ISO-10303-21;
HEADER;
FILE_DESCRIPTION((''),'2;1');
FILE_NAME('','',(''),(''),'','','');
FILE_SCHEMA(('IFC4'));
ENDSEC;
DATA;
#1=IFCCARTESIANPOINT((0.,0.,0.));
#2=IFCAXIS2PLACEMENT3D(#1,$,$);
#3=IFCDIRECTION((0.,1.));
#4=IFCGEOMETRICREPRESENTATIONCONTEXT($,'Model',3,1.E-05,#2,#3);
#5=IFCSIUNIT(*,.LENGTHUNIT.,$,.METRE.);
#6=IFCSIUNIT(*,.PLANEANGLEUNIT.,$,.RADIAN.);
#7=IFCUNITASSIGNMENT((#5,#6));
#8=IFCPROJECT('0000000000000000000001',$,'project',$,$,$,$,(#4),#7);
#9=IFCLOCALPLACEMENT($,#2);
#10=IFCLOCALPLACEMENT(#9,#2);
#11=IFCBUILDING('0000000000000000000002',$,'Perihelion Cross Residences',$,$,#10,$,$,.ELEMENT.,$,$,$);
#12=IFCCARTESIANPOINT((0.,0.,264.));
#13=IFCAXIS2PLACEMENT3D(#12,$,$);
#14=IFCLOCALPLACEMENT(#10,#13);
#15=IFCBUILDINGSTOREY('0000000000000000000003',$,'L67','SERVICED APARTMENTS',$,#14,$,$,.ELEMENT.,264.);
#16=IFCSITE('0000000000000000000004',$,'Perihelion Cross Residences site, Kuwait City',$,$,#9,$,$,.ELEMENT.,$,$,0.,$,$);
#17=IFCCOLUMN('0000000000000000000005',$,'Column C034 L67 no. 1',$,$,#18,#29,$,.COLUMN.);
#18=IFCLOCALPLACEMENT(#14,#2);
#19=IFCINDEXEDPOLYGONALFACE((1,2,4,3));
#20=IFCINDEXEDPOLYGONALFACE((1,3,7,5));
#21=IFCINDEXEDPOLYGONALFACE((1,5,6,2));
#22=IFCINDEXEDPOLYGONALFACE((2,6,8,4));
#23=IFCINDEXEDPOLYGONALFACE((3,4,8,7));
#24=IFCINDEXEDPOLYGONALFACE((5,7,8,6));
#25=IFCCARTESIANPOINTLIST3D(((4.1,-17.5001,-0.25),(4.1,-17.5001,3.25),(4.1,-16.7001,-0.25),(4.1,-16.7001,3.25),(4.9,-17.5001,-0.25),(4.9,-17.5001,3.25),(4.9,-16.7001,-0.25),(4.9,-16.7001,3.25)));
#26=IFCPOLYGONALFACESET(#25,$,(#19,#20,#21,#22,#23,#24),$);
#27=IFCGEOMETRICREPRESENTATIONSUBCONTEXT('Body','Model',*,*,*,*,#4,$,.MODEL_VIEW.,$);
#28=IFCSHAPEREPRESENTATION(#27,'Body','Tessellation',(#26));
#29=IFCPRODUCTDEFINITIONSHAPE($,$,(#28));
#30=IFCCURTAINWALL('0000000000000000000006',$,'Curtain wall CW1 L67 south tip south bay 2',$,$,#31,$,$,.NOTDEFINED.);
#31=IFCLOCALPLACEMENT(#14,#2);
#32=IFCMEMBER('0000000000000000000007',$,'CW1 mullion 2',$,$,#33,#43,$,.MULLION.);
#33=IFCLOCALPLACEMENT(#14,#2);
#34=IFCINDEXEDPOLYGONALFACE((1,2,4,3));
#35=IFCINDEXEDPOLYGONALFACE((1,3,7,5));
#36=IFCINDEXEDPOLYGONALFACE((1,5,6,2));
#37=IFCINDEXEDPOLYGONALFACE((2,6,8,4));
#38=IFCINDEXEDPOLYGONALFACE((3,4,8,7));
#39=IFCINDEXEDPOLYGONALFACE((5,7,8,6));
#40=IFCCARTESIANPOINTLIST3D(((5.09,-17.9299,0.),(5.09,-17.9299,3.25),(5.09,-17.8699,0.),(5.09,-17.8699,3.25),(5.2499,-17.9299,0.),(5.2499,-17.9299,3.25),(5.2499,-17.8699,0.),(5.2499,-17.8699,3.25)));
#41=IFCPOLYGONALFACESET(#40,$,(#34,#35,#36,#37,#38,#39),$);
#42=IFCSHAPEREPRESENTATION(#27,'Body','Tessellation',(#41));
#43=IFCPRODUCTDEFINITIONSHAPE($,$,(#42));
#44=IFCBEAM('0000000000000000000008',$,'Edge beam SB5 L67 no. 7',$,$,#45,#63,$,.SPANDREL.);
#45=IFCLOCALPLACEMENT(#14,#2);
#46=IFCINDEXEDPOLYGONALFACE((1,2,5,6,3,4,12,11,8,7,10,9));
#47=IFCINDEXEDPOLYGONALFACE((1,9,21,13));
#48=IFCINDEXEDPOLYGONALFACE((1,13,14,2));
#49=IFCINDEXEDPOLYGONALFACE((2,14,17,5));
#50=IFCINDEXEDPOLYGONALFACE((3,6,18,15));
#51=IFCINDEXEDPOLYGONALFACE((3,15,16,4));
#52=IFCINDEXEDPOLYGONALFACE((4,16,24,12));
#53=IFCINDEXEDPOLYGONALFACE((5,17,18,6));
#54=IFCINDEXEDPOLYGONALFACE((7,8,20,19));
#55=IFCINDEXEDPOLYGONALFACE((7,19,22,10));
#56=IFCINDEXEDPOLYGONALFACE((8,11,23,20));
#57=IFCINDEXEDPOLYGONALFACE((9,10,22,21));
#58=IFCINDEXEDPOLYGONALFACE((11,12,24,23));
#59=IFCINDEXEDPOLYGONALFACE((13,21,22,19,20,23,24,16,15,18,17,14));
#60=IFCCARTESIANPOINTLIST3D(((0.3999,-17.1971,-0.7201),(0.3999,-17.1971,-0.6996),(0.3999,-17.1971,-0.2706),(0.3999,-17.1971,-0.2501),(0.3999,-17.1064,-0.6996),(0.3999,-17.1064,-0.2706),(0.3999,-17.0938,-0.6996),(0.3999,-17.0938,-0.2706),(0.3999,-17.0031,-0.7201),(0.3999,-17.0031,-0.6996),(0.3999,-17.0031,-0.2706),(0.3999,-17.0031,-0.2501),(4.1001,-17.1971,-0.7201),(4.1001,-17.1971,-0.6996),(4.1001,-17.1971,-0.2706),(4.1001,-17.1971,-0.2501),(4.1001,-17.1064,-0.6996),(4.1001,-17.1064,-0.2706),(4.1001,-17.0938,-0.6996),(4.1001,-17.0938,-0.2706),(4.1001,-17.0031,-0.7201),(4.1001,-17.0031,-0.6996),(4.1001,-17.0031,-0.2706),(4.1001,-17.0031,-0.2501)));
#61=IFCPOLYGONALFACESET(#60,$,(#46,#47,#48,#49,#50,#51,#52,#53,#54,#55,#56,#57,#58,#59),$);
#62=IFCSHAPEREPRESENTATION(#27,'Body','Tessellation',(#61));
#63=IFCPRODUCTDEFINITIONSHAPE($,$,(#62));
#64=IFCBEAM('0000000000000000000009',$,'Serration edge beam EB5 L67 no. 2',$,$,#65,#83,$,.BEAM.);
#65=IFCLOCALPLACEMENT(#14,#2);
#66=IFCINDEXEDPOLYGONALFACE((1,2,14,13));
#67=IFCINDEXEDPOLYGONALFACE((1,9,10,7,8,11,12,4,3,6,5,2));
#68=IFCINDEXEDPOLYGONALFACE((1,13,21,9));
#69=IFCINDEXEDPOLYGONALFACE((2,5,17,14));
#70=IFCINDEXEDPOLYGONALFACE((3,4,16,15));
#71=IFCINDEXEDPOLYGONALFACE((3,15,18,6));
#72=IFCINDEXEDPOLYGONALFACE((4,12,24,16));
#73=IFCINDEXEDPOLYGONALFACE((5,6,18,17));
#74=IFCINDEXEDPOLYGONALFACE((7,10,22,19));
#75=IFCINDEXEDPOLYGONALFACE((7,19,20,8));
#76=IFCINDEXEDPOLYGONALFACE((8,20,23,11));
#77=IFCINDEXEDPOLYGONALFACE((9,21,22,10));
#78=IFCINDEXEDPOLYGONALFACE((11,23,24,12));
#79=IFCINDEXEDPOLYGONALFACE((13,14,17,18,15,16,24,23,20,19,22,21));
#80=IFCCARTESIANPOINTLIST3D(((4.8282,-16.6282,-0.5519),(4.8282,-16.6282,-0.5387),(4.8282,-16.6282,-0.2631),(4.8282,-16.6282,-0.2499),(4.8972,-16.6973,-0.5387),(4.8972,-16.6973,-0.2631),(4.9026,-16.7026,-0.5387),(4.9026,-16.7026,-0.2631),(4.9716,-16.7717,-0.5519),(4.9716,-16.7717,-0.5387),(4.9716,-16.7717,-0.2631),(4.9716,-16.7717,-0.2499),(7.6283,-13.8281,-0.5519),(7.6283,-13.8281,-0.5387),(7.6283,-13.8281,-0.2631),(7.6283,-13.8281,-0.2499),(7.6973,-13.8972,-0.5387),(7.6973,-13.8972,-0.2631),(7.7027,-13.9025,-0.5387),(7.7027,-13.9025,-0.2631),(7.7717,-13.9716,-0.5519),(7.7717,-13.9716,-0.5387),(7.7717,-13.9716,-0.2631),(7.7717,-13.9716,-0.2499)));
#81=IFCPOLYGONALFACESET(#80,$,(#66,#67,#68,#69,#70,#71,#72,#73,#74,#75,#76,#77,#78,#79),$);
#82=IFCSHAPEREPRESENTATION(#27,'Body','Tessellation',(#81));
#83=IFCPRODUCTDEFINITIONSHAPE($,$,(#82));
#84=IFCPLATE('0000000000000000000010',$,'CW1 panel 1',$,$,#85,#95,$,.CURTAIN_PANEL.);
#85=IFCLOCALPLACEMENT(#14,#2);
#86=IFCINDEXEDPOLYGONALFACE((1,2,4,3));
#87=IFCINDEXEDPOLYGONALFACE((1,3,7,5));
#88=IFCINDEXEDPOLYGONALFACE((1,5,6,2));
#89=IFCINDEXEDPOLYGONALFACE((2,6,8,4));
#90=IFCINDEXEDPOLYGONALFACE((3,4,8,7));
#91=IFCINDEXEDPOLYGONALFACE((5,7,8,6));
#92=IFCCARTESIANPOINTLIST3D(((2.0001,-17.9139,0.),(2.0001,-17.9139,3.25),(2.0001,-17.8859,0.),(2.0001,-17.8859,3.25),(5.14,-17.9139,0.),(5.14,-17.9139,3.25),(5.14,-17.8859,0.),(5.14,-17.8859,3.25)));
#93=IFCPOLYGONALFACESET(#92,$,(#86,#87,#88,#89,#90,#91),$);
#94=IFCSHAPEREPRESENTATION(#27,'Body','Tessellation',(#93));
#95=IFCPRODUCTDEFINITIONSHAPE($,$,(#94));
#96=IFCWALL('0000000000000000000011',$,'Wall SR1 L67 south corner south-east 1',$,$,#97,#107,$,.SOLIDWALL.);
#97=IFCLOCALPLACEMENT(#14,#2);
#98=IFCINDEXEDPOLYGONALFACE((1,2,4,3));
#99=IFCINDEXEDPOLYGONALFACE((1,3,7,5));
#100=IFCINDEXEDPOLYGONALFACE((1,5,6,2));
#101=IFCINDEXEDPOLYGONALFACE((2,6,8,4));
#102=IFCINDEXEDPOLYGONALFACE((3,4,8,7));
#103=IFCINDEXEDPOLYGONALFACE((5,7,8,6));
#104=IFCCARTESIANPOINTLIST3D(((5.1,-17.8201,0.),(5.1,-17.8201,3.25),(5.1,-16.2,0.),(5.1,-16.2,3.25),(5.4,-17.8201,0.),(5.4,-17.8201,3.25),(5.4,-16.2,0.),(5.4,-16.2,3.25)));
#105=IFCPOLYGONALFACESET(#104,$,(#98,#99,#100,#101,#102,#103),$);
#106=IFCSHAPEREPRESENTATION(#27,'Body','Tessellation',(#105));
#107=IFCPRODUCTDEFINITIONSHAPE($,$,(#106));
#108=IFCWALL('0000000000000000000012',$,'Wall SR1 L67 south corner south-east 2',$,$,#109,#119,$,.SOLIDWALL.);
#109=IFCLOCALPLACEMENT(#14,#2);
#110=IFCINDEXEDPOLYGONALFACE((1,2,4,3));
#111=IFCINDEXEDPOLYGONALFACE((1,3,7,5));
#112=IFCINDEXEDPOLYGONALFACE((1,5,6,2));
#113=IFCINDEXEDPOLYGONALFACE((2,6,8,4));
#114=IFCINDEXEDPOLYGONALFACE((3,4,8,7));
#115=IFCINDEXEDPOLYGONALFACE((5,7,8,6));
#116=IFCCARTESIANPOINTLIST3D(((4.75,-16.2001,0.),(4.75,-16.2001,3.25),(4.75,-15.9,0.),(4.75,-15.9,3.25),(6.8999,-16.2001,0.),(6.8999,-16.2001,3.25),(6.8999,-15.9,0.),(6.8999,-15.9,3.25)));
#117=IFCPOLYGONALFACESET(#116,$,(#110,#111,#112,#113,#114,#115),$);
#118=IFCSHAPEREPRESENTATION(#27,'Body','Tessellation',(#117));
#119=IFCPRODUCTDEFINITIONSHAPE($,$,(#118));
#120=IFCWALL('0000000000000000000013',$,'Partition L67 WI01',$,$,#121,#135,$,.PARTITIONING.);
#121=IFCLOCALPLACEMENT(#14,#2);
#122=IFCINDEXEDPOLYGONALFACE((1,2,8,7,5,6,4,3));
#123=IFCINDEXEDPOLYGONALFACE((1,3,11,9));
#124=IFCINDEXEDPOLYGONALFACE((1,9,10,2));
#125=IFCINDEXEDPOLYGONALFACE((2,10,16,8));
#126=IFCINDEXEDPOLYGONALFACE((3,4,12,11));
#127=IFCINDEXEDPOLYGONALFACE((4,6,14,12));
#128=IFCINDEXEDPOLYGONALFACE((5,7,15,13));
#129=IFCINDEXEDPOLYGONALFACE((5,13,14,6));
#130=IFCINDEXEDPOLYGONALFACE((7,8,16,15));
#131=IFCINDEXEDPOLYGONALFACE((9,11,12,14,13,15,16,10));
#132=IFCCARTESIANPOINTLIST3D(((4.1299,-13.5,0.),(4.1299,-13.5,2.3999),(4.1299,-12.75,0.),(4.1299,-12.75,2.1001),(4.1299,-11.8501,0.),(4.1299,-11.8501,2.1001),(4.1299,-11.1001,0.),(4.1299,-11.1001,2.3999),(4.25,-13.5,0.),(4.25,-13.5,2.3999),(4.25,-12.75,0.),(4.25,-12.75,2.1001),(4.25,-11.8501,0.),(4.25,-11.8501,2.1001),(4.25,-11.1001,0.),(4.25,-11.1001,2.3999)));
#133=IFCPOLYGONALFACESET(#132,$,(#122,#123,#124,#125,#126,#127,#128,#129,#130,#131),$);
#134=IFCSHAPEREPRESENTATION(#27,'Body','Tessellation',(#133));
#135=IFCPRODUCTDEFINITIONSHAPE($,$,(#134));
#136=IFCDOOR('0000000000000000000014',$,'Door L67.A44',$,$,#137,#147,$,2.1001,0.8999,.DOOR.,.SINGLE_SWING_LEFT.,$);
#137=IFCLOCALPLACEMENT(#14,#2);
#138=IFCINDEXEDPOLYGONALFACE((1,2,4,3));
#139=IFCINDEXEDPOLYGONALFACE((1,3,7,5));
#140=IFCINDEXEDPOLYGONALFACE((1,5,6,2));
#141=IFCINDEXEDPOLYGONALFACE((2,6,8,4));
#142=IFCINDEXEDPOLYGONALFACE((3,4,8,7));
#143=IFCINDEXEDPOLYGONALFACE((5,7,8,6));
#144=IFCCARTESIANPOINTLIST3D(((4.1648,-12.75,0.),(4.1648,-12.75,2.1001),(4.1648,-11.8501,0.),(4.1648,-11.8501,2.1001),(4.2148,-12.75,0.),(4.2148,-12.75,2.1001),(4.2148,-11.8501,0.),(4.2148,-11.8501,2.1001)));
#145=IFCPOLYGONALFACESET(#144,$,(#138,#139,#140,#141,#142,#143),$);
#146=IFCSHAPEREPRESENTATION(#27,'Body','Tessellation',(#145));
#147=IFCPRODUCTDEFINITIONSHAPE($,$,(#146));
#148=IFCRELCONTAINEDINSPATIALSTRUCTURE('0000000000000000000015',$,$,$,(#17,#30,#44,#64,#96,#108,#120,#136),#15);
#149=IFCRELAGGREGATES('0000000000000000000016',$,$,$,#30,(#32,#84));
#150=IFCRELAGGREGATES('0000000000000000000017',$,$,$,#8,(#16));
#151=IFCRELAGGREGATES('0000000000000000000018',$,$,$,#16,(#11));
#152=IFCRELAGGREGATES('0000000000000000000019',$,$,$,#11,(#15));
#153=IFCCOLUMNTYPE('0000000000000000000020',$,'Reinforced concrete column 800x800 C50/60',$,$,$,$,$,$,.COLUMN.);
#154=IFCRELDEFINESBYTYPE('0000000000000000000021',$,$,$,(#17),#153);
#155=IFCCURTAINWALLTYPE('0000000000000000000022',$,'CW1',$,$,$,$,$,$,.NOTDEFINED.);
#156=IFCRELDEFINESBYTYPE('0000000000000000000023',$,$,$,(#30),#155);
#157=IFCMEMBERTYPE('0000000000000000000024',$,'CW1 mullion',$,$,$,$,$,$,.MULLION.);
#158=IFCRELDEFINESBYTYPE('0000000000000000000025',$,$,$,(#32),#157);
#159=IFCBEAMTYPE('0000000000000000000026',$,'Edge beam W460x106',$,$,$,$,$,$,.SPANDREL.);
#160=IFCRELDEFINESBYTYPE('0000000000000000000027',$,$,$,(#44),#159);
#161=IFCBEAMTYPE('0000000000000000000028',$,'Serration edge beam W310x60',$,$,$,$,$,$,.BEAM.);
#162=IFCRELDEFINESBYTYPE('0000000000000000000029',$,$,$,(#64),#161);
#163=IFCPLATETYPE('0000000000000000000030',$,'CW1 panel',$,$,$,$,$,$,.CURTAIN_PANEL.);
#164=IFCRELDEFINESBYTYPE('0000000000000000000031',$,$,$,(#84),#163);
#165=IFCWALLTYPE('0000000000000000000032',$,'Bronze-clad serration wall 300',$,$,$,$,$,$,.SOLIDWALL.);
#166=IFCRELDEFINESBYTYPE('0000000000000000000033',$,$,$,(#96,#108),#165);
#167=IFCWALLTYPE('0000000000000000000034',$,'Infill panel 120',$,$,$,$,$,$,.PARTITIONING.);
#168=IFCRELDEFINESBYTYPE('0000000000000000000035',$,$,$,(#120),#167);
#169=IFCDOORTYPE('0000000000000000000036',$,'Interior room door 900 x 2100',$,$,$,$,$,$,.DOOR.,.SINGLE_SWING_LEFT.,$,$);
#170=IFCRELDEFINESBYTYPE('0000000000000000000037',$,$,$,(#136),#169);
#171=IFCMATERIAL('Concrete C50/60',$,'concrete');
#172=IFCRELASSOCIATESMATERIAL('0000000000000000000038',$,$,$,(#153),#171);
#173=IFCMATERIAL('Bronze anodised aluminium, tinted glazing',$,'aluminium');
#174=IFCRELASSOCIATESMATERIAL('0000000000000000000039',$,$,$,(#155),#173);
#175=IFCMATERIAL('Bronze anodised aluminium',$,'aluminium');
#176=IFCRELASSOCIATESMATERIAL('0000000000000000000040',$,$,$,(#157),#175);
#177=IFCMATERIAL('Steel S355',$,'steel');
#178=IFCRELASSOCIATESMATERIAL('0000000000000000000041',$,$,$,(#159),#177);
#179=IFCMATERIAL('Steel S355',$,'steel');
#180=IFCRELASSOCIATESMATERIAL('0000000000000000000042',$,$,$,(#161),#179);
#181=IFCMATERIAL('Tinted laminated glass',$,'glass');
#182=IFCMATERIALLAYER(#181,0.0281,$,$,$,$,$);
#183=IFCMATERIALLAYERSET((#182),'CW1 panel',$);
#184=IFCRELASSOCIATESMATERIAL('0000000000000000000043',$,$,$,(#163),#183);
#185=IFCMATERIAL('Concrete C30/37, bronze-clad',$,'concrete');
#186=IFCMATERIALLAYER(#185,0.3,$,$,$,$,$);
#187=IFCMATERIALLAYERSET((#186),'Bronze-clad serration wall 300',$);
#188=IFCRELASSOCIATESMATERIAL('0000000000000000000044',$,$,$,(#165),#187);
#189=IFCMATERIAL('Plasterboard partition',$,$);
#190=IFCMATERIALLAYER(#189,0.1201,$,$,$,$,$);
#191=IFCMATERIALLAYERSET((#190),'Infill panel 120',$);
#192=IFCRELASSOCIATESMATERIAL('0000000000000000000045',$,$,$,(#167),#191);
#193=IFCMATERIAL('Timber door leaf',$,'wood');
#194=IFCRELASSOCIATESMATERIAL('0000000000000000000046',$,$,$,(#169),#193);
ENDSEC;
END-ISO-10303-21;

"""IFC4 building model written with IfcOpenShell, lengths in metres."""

from ifc_helpers import new_model, si_unit, direction, frame, frame_2d, origin, origin_2d, place, context, subcontext, project, spatial, rectangle, i_section, extrude, material, layer, layer_set, material_profile, profile_set, type_object, element, fill, aggregate, save


model = new_model("IFC4")

# Units and contexts
model_context = context("Model", 3, precision=1e-05, world=origin(), true_north=direction((0.0, 1.0)))
body_context = subcontext(model_context, "Body", "Model", "MODEL_VIEW")
ifc_project = project(units=[si_unit("LENGTHUNIT", "METRE"), si_unit("PLANEANGLEUNIT", "RADIAN")], contexts=[model_context])

# Site, building, storey
site_placement = place(None, origin())
site = spatial("IfcSite", under=ifc_project, at=site_placement, Name="Perihelion Cross Residences site, Kuwait City", CompositionType="ELEMENT", RefElevation=0.0)
building_placement = place(site_placement, origin())
building = spatial("IfcBuilding", under=site, at=building_placement, Name="Perihelion Cross Residences", CompositionType="ELEMENT")
storey_placement = place(building_placement, frame((0.0, 0.0, 264.0)))
storey = spatial("IfcBuildingStorey", under=building, at=storey_placement, Name="L67", Description="SERVICED APARTMENTS", CompositionType="ELEMENT", Elevation=264.0)

# Column
ifc_material_1 = material(Name="Concrete C50/60", Category="concrete")
ifc_material_profile_1 = material_profile(ifc_material_1, rectangle(XDim=0.8, YDim=0.8, at=origin_2d()), Name="RC 800x800")
ifc_profile_set_1 = profile_set([ifc_material_profile_1], Name="Concrete C50/60")
column_type = type_object("IfcColumnType", Name="Reinforced concrete column 800x800 C50/60", PredefinedType="COLUMN", material=ifc_profile_set_1)
column_placement = place(storey_placement, frame((4.5, -17.1001, -0.25), z_axis=(0.0, 0.0, 1.0), x_axis=(1.0, 0.0, 0.0)))
element("IfcColumn", 1, at=column_placement, inside=storey, type_object=column_type, Name="Column C034 L67 no. 1", PredefinedType="COLUMN", context=body_context, shape_type="SweptSolid", body=[
    extrude(rectangle(XDim=0.8, YDim=0.8, at=origin_2d()), origin(), (0.0, 0.0, 1.0), 3.5),
])

# Curtain wall, member
ifc_material_2 = material(Name="Bronze anodised aluminium, tinted glazing", Category="aluminium")
curtain_wall_type = type_object("IfcCurtainWallType", Name="CW1", PredefinedType="NOTDEFINED", material=ifc_material_2)
curtain_wall_placement = place(storey_placement, origin())
curtain_wall = element("IfcCurtainWall", 2, at=curtain_wall_placement, inside=storey, type_object=curtain_wall_type, Name="Curtain wall CW1 L67 south tip south bay 2", PredefinedType="NOTDEFINED")
ifc_material_3 = material(Name="Bronze anodised aluminium", Category="aluminium")
ifc_material_profile_2 = material_profile(ifc_material_3, rectangle(XDim=0.0601, YDim=0.1599, at=origin_2d()), Name="CW1 mullion")
ifc_profile_set_2 = profile_set([ifc_material_profile_2], Name="Bronze anodised aluminium")
member_type = type_object("IfcMemberType", Name="CW1 mullion", PredefinedType="MULLION", material=ifc_profile_set_2)
member_placement = place(storey_placement, frame((5.1699, -17.8999, 0.0), z_axis=(0.0, 0.0, 1.0), x_axis=(0.0, 1.0, 0.0)))
member = element("IfcMember", 3, at=member_placement, type_object=member_type, Name="CW1 mullion 2", PredefinedType="MULLION", context=body_context, shape_type="SweptSolid", body=[
    extrude(rectangle(XDim=0.0601, YDim=0.1599, at=origin_2d()), origin(), (0.0, 0.0, 1.0), 3.25),
])

# Beams
ifc_material_4 = material(Name="Steel S355", Category="steel")
ifc_material_profile_3 = material_profile(ifc_material_4, i_section(OverallWidth=0.1941, OverallDepth=0.47, WebThickness=0.0127, FlangeThickness=0.0205, at=origin_2d()), Name="W460x106")
ifc_profile_set_3 = profile_set([ifc_material_profile_3], Name="Steel S355")
beam_type_1 = type_object("IfcBeamType", Name="Edge beam W460x106", PredefinedType="SPANDREL", material=ifc_profile_set_3)
beam_1_placement = place(storey_placement, frame((0.3999, -17.1001, -0.4851), z_axis=(1.0, 0.0, 0.0), x_axis=(0.0, 1.0, 0.0)))
element("IfcBeam", 4, at=beam_1_placement, inside=storey, type_object=beam_type_1, Name="Edge beam SB5 L67 no. 7", PredefinedType="SPANDREL", context=body_context, shape_type="SweptSolid", body=[
    extrude(i_section(OverallWidth=0.1941, OverallDepth=0.47, WebThickness=0.0127, FlangeThickness=0.0205, at=origin_2d()), origin(), (0.0, 0.0, 1.0), 3.7002),
])
ifc_material_5 = material(Name="Steel S355", Category="steel")
ifc_material_profile_4 = material_profile(ifc_material_5, i_section(OverallWidth=0.2029, OverallDepth=0.302, WebThickness=0.0076, FlangeThickness=0.0132, at=origin_2d()), Name="W310x60")
ifc_profile_set_4 = profile_set([ifc_material_profile_4], Name="Steel S355")
beam_type_2 = type_object("IfcBeamType", Name="Serration edge beam W310x60", PredefinedType="BEAM", material=ifc_profile_set_4)
beam_2_placement = place(storey_placement, frame((4.8999, -16.7, -0.4009), z_axis=(0.707107, 0.707107, 0.0), x_axis=(-0.707107, 0.707107, 0.0)))
element("IfcBeam", 5, at=beam_2_placement, inside=storey, type_object=beam_type_2, Name="Serration edge beam EB5 L67 no. 2", PredefinedType="BEAM", context=body_context, shape_type="SweptSolid", body=[
    extrude(i_section(OverallWidth=0.2029, OverallDepth=0.302, WebThickness=0.0076, FlangeThickness=0.0132, at=origin_2d()), origin(), (0.0, 0.0, 1.0), 3.96),
])

# Plate
ifc_material_6 = material(Name="Tinted laminated glass", Category="glass")
ifc_layer_1 = layer(ifc_material_6, 0.0281)
ifc_layer_set_1 = layer_set([ifc_layer_1], Name="CW1 panel")
plate_type = type_object("IfcPlateType", Name="CW1 panel", PredefinedType="CURTAIN_PANEL", material=ifc_layer_set_1)
plate_placement = place(storey_placement, frame((3.5701, -17.8999, 0.0), z_axis=(0.0, 0.0, 1.0), x_axis=(1.0, 0.0, 0.0)))
plate = element("IfcPlate", 6, at=plate_placement, type_object=plate_type, Name="CW1 panel 1", PredefinedType="CURTAIN_PANEL", context=body_context, shape_type="SweptSolid", body=[
    extrude(rectangle(XDim=3.1399, YDim=0.0281, at=origin_2d()), origin(), (0.0, 0.0, 1.0), 3.25),
])
aggregate(curtain_wall, [member, plate])

# Walls
ifc_material_7 = material(Name="Concrete C30/37, bronze-clad", Category="concrete")
ifc_layer_2 = layer(ifc_material_7, 0.3)
ifc_layer_set_2 = layer_set([ifc_layer_2], Name="Bronze-clad serration wall 300")
wall_type_1 = type_object("IfcWallType", Name="Bronze-clad serration wall 300", PredefinedType="SOLIDWALL", material=ifc_layer_set_2)
wall_1_placement = place(storey_placement, frame((5.25, -17.8201, 0.0), z_axis=(0.0, 0.0, 1.0), x_axis=(0.0, 1.0, 0.0)))
element("IfcWall", 7, at=wall_1_placement, inside=storey, type_object=wall_type_1, Name="Wall SR1 L67 south corner south-east 1", PredefinedType="SOLIDWALL", context=body_context, shape_type="SweptSolid", body=[
    extrude(rectangle(XDim=1.6201, YDim=0.3, at=frame_2d((0.8101, 0.0))), origin(), (0.0, 0.0, 1.0), 3.25),
])
wall_2_placement = place(storey_placement, frame((4.75, -16.05, 0.0), z_axis=(0.0, 0.0, 1.0), x_axis=(1.0, 0.0, 0.0)))
element("IfcWall", 8, at=wall_2_placement, inside=storey, type_object=wall_type_1, Name="Wall SR1 L67 south corner south-east 2", PredefinedType="SOLIDWALL", context=body_context, shape_type="SweptSolid", body=[
    extrude(rectangle(XDim=2.1499, YDim=0.3, at=frame_2d((1.075, 0.0))), origin(), (0.0, 0.0, 1.0), 3.25),
])

# Wall, opening, door
ifc_material_8 = material(Name="Plasterboard partition")
ifc_layer_3 = layer(ifc_material_8, 0.1201)
ifc_layer_set_3 = layer_set([ifc_layer_3], Name="Infill panel 120")
wall_type_2 = type_object("IfcWallType", Name="Infill panel 120", PredefinedType="PARTITIONING", material=ifc_layer_set_3)
wall_3_placement = place(storey_placement, frame((4.1899, -11.1001, 0.0), z_axis=(0.0, 0.0, 1.0), x_axis=(0.0, -1.0, 0.0)))
wall_3 = element("IfcWall", 9, at=wall_3_placement, inside=storey, type_object=wall_type_2, Name="Partition L67 WI01", PredefinedType="PARTITIONING", context=body_context, shape_type="SweptSolid", body=[
    extrude(rectangle(XDim=2.3999, YDim=0.1201, at=frame_2d((1.2, 0.0))), origin(), (0.0, 0.0, 1.0), 2.3999),
])
opening_1_placement = place(wall_3_placement, frame((0.75, 0.0, 0.0)))
opening_1 = element("IfcOpeningElement", 10, at=opening_1_placement, cuts=wall_3, PredefinedType="OPENING", context=body_context, shape_type="SweptSolid", body=[
    extrude(rectangle(XDim=0.8999, YDim=2.1001, at=frame_2d((0.45, 1.05))), frame((0.0, 0.0701, 0.0), z_axis=(0.0, -1.0, 0.0), x_axis=(1.0, 0.0, 0.0)), (0.0, 0.0, 1.0), 0.1401),
])
ifc_material_9 = material(Name="Timber door leaf", Category="wood")
door_type_1 = type_object("IfcDoorType", Name="Interior room door 900 x 2100", OperationType="SINGLE_SWING_LEFT", PredefinedType="DOOR", material=ifc_material_9)
door_1_placement = place(opening_1_placement, origin())
door_1 = element("IfcDoor", 11, at=door_1_placement, inside=storey, type_object=door_type_1, Name="Door L67.A44", OperationType="SINGLE_SWING_LEFT", OverallHeight=2.1001, OverallWidth=0.8999, PredefinedType="DOOR", context=body_context, shape_type="SweptSolid", body=[
    extrude(rectangle(XDim=0.8999, YDim=2.1001, at=frame_2d((0.45, 1.05))), frame((0.0, 0.0249, 0.0), z_axis=(0.0, -1.0, 0.0), x_axis=(1.0, 0.0, 0.0)), (0.0, 0.0, 1.0), 0.05),
])
fill(opening_1, door_1)

save(model, "model.ifc")
